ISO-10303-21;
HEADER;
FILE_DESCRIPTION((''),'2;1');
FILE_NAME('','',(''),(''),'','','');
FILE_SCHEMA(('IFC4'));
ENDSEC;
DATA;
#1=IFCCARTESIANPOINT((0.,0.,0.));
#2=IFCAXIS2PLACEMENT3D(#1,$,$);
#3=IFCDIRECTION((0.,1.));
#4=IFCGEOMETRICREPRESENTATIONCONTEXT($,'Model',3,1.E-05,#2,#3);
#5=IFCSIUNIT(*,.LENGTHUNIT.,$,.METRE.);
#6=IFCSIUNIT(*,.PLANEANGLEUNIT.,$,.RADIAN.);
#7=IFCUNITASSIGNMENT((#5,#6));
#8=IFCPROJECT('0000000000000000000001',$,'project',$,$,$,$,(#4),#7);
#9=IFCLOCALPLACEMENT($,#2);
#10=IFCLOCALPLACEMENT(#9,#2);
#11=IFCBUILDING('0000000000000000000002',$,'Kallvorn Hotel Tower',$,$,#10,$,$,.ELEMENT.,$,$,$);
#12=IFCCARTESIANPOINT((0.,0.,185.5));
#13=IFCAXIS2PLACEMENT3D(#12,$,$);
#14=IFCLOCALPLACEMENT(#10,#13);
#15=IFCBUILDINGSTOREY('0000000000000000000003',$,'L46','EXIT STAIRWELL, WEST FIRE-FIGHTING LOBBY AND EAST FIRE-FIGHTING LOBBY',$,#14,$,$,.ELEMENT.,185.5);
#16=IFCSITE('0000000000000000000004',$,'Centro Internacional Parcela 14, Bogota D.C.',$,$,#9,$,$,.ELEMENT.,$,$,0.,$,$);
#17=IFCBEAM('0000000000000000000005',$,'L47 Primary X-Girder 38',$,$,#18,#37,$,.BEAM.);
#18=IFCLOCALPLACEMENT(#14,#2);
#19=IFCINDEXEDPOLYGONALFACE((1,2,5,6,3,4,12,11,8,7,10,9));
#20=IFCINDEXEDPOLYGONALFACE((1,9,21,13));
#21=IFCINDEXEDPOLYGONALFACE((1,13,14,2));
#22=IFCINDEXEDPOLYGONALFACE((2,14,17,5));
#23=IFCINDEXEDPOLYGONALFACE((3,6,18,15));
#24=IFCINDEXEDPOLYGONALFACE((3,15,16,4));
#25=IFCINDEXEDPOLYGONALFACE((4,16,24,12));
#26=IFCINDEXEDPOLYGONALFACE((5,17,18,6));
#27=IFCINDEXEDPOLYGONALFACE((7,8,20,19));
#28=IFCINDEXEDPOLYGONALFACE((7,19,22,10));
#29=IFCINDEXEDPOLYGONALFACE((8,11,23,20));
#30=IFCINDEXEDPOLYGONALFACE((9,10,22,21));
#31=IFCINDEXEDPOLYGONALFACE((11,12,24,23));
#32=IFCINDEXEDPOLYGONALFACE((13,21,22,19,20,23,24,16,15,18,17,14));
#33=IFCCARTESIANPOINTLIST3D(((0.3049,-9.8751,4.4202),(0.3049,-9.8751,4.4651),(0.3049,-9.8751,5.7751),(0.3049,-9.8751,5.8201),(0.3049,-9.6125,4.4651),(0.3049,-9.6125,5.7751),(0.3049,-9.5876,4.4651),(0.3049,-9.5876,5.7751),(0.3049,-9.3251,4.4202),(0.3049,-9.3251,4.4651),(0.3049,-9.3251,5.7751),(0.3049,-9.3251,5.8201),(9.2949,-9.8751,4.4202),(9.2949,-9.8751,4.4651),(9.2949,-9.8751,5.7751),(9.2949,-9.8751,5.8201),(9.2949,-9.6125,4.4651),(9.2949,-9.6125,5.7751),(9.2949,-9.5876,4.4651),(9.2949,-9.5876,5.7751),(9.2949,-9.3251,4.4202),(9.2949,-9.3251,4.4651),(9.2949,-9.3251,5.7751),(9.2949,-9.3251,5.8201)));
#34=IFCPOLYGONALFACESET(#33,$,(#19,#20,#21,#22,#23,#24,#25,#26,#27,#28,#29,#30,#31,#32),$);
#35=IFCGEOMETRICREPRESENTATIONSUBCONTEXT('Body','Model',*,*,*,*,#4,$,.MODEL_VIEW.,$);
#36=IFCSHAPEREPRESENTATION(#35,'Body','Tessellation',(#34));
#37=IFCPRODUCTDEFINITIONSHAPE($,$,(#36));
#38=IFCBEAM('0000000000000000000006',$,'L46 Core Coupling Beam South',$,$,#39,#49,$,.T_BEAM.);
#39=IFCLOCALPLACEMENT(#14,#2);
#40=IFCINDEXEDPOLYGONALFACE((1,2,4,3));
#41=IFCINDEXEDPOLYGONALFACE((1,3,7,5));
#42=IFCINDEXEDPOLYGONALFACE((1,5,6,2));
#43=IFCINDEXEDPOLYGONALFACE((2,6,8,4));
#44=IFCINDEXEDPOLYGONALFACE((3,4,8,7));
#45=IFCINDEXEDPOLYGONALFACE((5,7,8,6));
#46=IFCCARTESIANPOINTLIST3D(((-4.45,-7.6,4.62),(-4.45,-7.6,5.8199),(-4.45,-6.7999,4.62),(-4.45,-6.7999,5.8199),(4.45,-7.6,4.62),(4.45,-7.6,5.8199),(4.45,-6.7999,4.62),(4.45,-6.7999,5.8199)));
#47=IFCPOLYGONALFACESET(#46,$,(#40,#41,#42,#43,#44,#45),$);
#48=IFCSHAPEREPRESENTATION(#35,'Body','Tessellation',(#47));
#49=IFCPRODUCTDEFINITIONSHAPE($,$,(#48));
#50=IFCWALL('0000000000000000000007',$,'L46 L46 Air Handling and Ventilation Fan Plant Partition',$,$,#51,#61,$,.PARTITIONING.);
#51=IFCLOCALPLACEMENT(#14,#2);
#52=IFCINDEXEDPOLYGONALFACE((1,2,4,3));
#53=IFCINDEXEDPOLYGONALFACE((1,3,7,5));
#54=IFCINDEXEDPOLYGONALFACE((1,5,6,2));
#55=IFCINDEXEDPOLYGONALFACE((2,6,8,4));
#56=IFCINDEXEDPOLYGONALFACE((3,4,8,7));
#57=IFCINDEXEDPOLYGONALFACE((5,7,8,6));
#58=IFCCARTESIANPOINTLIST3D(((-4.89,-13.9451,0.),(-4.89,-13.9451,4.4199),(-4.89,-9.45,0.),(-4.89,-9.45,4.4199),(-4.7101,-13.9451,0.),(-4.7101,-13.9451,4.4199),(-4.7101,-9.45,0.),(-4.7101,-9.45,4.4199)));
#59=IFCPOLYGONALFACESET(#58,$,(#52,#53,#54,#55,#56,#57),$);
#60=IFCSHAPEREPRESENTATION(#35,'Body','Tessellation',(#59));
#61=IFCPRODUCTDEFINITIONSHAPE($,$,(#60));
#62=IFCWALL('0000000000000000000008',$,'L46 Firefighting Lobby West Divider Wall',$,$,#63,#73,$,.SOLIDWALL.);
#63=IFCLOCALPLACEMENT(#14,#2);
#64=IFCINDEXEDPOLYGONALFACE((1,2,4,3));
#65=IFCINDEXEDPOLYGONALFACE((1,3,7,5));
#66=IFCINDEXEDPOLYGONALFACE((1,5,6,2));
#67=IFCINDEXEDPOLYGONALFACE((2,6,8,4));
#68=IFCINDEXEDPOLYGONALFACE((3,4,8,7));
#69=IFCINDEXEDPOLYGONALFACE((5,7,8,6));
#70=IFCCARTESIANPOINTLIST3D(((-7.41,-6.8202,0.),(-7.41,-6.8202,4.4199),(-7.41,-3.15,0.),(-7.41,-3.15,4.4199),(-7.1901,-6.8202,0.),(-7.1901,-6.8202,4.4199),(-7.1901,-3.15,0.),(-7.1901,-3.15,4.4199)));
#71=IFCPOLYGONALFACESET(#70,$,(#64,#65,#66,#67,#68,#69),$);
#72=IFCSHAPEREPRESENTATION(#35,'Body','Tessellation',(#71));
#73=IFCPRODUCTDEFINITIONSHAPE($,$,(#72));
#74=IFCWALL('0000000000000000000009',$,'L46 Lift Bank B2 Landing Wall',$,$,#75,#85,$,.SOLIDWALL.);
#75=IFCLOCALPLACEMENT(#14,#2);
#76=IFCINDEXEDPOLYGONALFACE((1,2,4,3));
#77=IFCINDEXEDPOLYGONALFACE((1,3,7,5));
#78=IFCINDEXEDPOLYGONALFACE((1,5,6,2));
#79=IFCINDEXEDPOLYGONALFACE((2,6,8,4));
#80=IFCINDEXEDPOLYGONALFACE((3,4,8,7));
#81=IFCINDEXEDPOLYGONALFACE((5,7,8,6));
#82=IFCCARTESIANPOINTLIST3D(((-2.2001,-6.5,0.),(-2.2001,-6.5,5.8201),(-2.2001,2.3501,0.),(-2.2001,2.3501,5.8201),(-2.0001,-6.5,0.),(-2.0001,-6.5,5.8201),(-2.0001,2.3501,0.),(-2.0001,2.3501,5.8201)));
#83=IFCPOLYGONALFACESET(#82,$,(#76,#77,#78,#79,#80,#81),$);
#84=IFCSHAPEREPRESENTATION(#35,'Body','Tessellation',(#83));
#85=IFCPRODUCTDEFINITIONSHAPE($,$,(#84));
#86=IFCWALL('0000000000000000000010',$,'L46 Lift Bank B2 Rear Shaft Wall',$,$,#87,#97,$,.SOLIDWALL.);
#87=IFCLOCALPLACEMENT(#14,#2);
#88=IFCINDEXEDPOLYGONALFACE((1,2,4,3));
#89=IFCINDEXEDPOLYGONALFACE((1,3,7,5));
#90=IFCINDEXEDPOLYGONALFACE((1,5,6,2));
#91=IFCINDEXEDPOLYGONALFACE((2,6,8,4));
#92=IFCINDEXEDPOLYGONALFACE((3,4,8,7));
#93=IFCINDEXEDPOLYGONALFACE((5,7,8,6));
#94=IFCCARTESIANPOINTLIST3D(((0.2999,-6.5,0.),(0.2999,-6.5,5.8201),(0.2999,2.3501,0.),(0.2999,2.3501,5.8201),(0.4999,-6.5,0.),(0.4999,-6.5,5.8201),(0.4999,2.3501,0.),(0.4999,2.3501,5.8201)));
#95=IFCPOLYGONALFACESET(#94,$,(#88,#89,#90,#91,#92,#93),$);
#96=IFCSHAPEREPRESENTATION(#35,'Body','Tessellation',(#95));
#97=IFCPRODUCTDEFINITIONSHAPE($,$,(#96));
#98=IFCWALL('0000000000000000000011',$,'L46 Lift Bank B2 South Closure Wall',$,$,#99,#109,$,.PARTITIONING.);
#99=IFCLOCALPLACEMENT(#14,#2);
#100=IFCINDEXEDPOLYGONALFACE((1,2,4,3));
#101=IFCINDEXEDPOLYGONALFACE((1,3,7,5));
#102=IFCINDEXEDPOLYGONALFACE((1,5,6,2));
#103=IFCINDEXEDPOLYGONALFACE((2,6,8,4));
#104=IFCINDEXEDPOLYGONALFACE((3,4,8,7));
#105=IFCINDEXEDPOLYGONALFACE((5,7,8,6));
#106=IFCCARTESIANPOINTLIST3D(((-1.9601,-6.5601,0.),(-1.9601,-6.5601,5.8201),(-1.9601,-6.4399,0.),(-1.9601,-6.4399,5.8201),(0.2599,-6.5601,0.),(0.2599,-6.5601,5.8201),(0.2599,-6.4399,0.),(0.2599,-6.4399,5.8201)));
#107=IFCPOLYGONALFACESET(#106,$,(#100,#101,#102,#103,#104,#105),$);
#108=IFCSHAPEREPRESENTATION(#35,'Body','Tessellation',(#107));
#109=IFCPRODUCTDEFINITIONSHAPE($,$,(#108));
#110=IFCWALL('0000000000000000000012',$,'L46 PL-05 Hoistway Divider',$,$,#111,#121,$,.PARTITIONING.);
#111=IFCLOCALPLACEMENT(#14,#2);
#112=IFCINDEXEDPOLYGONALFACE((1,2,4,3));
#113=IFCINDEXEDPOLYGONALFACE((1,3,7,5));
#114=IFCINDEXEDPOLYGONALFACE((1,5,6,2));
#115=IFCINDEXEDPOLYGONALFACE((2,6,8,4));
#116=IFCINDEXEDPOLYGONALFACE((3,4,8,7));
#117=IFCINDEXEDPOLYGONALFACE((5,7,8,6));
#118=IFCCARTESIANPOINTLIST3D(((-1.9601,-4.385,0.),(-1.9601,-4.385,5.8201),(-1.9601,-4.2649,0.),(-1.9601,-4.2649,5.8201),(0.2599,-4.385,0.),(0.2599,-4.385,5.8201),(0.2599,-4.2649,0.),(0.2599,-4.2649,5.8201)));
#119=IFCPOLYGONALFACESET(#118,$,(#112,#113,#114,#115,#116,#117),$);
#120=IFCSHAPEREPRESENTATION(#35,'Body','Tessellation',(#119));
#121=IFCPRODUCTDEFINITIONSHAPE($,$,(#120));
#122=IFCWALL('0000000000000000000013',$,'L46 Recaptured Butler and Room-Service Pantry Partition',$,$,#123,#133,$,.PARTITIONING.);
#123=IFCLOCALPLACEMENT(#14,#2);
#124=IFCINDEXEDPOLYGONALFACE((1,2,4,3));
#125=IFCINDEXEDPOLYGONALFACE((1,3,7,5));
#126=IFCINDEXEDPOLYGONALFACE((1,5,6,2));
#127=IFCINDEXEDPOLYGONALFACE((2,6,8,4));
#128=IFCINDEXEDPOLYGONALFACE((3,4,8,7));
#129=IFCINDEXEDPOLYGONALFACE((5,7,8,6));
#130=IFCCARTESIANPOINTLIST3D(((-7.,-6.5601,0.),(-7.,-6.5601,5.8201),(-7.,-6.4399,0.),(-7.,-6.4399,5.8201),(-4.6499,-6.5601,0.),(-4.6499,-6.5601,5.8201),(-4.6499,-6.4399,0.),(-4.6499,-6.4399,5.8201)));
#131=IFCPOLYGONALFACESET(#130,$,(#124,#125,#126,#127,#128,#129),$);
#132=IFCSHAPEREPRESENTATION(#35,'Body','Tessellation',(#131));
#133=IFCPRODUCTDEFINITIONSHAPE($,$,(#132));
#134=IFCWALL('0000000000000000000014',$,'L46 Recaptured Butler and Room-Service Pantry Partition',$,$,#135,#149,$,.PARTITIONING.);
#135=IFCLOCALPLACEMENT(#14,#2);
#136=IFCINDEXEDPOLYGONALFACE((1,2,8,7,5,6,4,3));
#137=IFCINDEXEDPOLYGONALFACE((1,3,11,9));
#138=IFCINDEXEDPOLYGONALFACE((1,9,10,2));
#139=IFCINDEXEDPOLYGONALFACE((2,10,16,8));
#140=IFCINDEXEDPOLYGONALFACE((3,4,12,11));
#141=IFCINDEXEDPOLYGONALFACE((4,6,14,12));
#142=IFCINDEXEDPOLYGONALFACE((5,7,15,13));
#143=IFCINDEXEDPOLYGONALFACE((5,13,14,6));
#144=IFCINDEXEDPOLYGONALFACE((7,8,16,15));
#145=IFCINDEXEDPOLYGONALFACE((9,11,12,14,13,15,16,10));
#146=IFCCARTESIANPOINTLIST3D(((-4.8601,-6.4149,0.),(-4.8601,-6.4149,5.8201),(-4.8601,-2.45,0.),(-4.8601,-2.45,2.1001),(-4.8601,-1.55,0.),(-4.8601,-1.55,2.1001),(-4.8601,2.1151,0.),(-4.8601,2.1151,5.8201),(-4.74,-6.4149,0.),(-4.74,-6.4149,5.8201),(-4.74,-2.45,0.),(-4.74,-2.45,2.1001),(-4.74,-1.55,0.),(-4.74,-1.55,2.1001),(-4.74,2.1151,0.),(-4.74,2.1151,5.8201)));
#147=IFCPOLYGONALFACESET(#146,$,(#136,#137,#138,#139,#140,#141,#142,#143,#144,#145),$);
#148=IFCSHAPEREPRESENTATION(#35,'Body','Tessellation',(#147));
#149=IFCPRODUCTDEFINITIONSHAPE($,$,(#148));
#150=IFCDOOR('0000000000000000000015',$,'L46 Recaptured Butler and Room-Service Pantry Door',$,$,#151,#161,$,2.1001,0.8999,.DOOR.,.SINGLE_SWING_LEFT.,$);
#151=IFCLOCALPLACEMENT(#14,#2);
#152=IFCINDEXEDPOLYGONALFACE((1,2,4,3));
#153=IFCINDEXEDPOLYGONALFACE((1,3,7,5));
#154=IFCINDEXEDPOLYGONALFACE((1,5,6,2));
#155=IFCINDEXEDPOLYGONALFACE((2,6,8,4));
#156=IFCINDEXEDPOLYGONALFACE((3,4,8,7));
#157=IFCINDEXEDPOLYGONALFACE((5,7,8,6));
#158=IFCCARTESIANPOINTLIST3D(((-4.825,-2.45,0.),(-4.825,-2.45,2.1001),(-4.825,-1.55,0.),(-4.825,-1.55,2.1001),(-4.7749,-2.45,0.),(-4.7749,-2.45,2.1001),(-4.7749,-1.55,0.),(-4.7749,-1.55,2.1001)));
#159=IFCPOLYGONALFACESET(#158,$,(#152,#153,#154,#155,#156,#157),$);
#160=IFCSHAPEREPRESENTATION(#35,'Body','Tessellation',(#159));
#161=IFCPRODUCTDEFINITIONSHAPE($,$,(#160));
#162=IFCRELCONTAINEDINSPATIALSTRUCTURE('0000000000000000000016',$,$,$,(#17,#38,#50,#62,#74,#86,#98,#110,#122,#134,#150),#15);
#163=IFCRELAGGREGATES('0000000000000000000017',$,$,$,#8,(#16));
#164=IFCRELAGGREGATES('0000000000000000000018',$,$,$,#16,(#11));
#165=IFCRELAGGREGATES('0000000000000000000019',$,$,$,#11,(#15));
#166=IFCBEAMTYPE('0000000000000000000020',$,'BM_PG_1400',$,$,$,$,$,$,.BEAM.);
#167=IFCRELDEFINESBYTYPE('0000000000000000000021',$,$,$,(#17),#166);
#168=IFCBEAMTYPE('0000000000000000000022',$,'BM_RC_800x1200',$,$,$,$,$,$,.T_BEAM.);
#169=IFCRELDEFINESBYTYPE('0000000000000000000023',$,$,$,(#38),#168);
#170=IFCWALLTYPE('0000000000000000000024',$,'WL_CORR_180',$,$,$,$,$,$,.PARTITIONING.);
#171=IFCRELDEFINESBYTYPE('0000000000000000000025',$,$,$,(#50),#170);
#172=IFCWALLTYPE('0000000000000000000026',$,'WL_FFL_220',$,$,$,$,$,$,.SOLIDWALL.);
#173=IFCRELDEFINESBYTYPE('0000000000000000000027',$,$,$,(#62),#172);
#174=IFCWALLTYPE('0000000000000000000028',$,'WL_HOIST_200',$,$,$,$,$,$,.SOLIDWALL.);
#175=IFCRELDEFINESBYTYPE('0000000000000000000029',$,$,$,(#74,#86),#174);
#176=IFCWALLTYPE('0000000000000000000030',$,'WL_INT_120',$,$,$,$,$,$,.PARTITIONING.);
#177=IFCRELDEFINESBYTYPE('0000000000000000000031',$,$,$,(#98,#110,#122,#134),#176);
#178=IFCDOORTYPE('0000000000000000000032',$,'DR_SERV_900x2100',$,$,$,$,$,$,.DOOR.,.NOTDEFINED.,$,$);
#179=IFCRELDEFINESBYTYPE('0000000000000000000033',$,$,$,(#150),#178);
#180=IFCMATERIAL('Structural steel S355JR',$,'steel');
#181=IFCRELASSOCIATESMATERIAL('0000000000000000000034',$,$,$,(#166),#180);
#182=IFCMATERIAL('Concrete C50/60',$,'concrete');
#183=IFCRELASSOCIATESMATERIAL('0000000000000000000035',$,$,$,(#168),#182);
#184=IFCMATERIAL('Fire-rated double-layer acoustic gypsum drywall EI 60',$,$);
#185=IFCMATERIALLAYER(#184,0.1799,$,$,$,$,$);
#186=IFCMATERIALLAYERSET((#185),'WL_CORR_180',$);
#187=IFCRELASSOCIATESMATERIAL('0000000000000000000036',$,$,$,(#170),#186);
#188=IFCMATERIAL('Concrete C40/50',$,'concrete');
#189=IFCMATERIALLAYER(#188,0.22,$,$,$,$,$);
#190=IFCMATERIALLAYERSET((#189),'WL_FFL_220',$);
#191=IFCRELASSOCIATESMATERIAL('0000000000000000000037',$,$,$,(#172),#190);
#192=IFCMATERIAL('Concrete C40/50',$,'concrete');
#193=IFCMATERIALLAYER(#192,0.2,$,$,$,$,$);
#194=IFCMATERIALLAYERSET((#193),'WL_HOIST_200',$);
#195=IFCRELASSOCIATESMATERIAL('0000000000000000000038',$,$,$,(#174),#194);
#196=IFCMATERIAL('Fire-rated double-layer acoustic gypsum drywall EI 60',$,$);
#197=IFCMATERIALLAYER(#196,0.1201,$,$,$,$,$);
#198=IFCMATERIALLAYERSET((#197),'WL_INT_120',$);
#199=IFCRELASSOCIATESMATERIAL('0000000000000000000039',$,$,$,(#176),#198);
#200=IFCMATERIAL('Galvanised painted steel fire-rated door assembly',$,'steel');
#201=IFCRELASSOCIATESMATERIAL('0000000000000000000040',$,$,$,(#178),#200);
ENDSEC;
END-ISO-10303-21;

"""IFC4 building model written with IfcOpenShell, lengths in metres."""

from ifc_helpers import new_model, si_unit, direction, frame, frame_2d, origin, origin_2d, place, context, subcontext, project, spatial, rectangle, i_section, extrude, material, layer, layer_set, material_profile, profile_set, type_object, element, fill, save


model = new_model("IFC4")

# Units and contexts
model_context = context("Model", 3, precision=1e-05, world=origin(), true_north=direction((0.0, 1.0)))
body_context = subcontext(model_context, "Body", "Model", "MODEL_VIEW")
ifc_project = project(units=[si_unit("LENGTHUNIT", "METRE"), si_unit("PLANEANGLEUNIT", "RADIAN")], contexts=[model_context])

# Site, building, storey
site_placement = place(None, origin())
site = spatial("IfcSite", under=ifc_project, at=site_placement, Name="Centro Internacional Parcela 14, Bogota D.C.", CompositionType="ELEMENT", RefElevation=0.0)
building_placement = place(site_placement, origin())
building = spatial("IfcBuilding", under=site, at=building_placement, Name="Kallvorn Hotel Tower", CompositionType="ELEMENT")
storey_placement = place(building_placement, frame((0.0, 0.0, 185.5)))
storey = spatial("IfcBuildingStorey", under=building, at=storey_placement, Name="L46", Description="EXIT STAIRWELL, WEST FIRE-FIGHTING LOBBY AND EAST FIRE-FIGHTING LOBBY", CompositionType="ELEMENT", Elevation=185.5)

# Beams
ifc_material_1 = material(Name="Structural steel S355JR", Category="steel")
ifc_material_profile_1 = material_profile(ifc_material_1, i_section(OverallWidth=0.55, OverallDepth=1.3999, WebThickness=0.0249, FlangeThickness=0.0449, at=origin_2d()), Name="PG 1400x550x25x45")
ifc_profile_set_1 = profile_set([ifc_material_profile_1], Name="Structural steel S355JR")
beam_type_1 = type_object("IfcBeamType", Name="BM_PG_1400", PredefinedType="BEAM", material=ifc_profile_set_1)
for number, where, z_axis, x_axis, name in (
    (1, (0.3049, -9.6001, 5.1201), (1.0, 0.0, 0.0), (0.0, 1.0, 0.0), "L47 Primary X-Girder 38"),
):
    element("IfcBeam", number, at=place(storey_placement, frame(where, z_axis=z_axis, x_axis=x_axis)), inside=storey, type_object=beam_type_1, Name=name, PredefinedType="BEAM", context=body_context, shape_type="SweptSolid", body=[
        extrude(i_section(OverallWidth=0.55, OverallDepth=1.3999, WebThickness=0.0249, FlangeThickness=0.0449, at=origin_2d()), origin(), (0.0, 0.0, 1.0), 8.99),
    ])
ifc_material_2 = material(Name="Concrete C50/60", Category="concrete")
ifc_material_profile_2 = material_profile(ifc_material_2, rectangle(XDim=0.8, YDim=1.2, at=origin_2d()), Name="RC 800x1200")
ifc_profile_set_2 = profile_set([ifc_material_profile_2], Name="Concrete C50/60")
beam_type_2 = type_object("IfcBeamType", Name="BM_RC_800x1200", PredefinedType="T_BEAM", material=ifc_profile_set_2)
beam_1_placement = place(storey_placement, frame((-4.45, -7.2, 5.22), z_axis=(1.0, 0.0, 0.0), x_axis=(0.0, 1.0, 0.0)))
element("IfcBeam", 2, at=beam_1_placement, inside=storey, type_object=beam_type_2, Name="L46 Core Coupling Beam South", PredefinedType="T_BEAM", context=body_context, shape_type="SweptSolid", body=[
    extrude(rectangle(XDim=0.8, YDim=1.2, at=origin_2d()), origin(), (0.0, 0.0, 1.0), 8.8999),
])

# Walls
ifc_material_3 = material(Name="Fire-rated double-layer acoustic gypsum drywall EI 60")
ifc_layer_1 = layer(ifc_material_3, 0.1799)
ifc_layer_set_1 = layer_set([ifc_layer_1], Name="WL_CORR_180")
wall_type_1 = type_object("IfcWallType", Name="WL_CORR_180", PredefinedType="PARTITIONING", material=ifc_layer_set_1)
wall_1_placement = place(storey_placement, frame((-4.8, -13.9451, 0.0), z_axis=(0.0, 0.0, 1.0), x_axis=(0.0, 1.0, 0.0)))
element("IfcWall", 3, at=wall_1_placement, inside=storey, type_object=wall_type_1, Name="L46 L46 Air Handling and Ventilation Fan Plant Partition", PredefinedType="PARTITIONING", context=body_context, shape_type="SweptSolid", body=[
    extrude(rectangle(XDim=4.4951, YDim=0.1799, at=frame_2d((2.2476, 0.0))), origin(), (0.0, 0.0, 1.0), 4.4199),
])
ifc_material_4 = material(Name="Concrete C40/50", Category="concrete")
ifc_layer_2 = layer(ifc_material_4, 0.22)
ifc_layer_set_2 = layer_set([ifc_layer_2], Name="WL_FFL_220")
wall_type_2 = type_object("IfcWallType", Name="WL_FFL_220", PredefinedType="SOLIDWALL", material=ifc_layer_set_2)
wall_2_placement = place(storey_placement, frame((-7.3, -6.8201, 0.0), z_axis=(0.0, 0.0, 1.0), x_axis=(0.0, 1.0, 0.0)))
element("IfcWall", 4, at=wall_2_placement, inside=storey, type_object=wall_type_2, Name="L46 Firefighting Lobby West Divider Wall", PredefinedType="SOLIDWALL", context=body_context, shape_type="SweptSolid", body=[
    extrude(rectangle(XDim=3.6702, YDim=0.22, at=frame_2d((1.835, 0.0))), origin(), (0.0, 0.0, 1.0), 4.4199),
])
ifc_material_5 = material(Name="Concrete C40/50", Category="concrete")
ifc_layer_3 = layer(ifc_material_5, 0.2)
ifc_layer_set_3 = layer_set([ifc_layer_3], Name="WL_HOIST_200")
wall_type_3 = type_object("IfcWallType", Name="WL_HOIST_200", PredefinedType="SOLIDWALL", material=ifc_layer_set_3)
for number, where, z_axis, x_axis, name in (
    (5, (-2.1001, -6.5, 0.0), (0.0, 0.0, 1.0), (0.0, 1.0, 0.0), "L46 Lift Bank B2 Landing Wall"),
    (6, (0.3999, -6.5, 0.0), (0.0, 0.0, 1.0), (0.0, 1.0, 0.0), "L46 Lift Bank B2 Rear Shaft Wall"),
):
    element("IfcWall", number, at=place(storey_placement, frame(where, z_axis=z_axis, x_axis=x_axis)), inside=storey, type_object=wall_type_3, Name=name, PredefinedType="SOLIDWALL", context=body_context, shape_type="SweptSolid", body=[
        extrude(rectangle(XDim=8.8501, YDim=0.2, at=frame_2d((4.425, 0.0))), origin(), (0.0, 0.0, 1.0), 5.8201),
    ])
ifc_material_6 = material(Name="Fire-rated double-layer acoustic gypsum drywall EI 60")
ifc_layer_4 = layer(ifc_material_6, 0.1201)
ifc_layer_set_4 = layer_set([ifc_layer_4], Name="WL_INT_120")
wall_type_4 = type_object("IfcWallType", Name="WL_INT_120", PredefinedType="PARTITIONING", material=ifc_layer_set_4)
for number, where, z_axis, x_axis, name in (
    (7, (-1.96, -6.5, 0.0), (0.0, 0.0, 1.0), (1.0, 0.0, 0.0), "L46 Lift Bank B2 South Closure Wall"),
    (8, (-1.96, -4.325, 0.0), (0.0, 0.0, 1.0), (1.0, 0.0, 0.0), "L46 PL-05 Hoistway Divider"),
):
    element("IfcWall", number, at=place(storey_placement, frame(where, z_axis=z_axis, x_axis=x_axis)), inside=storey, type_object=wall_type_4, Name=name, PredefinedType="PARTITIONING", context=body_context, shape_type="SweptSolid", body=[
        extrude(rectangle(XDim=2.22, YDim=0.1201, at=frame_2d((1.1099, 0.0))), origin(), (0.0, 0.0, 1.0), 5.8201),
    ])
wall_3_placement = place(storey_placement, frame((-7.0, -6.5, 0.0), z_axis=(0.0, 0.0, 1.0), x_axis=(1.0, 0.0, 0.0)))
element("IfcWall", 9, at=wall_3_placement, inside=storey, type_object=wall_type_4, Name="L46 Recaptured Butler and Room-Service Pantry Partition", PredefinedType="PARTITIONING", context=body_context, shape_type="SweptSolid", body=[
    extrude(rectangle(XDim=2.3501, YDim=0.1201, at=frame_2d((1.175, 0.0))), origin(), (0.0, 0.0, 1.0), 5.8201),
])

# Wall, opening, door
wall_4_placement = place(storey_placement, frame((-4.8, -6.415, 0.0), z_axis=(0.0, 0.0, 1.0), x_axis=(0.0, 1.0, 0.0)))
wall_4 = element("IfcWall", 10, at=wall_4_placement, inside=storey, type_object=wall_type_4, Name="L46 Recaptured Butler and Room-Service Pantry Partition", PredefinedType="PARTITIONING", context=body_context, shape_type="SweptSolid", body=[
    extrude(rectangle(XDim=8.53, YDim=0.1201, at=frame_2d((4.2651, 0.0))), origin(), (0.0, 0.0, 1.0), 5.8201),
])
opening_1_placement = place(wall_4_placement, frame((3.9651, 0.0, 0.0)))
opening_1 = element("IfcOpeningElement", 11, at=opening_1_placement, cuts=wall_4, PredefinedType="OPENING", context=body_context, shape_type="SweptSolid", body=[
    extrude(rectangle(XDim=0.8999, YDim=2.1001, at=frame_2d((0.45, 1.05))), frame((0.0, 0.075, 0.0), z_axis=(0.0, -1.0, 0.0), x_axis=(1.0, 0.0, 0.0)), (0.0, 0.0, 1.0), 0.1501),
])
ifc_material_7 = material(Name="Galvanised painted steel fire-rated door assembly", Category="steel")
door_type_1 = type_object("IfcDoorType", Name="DR_SERV_900x2100", OperationType="NOTDEFINED", PredefinedType="DOOR", material=ifc_material_7)
door_1_placement = place(opening_1_placement, origin())
door_1 = element("IfcDoor", 12, at=door_1_placement, inside=storey, type_object=door_type_1, Name="L46 Recaptured Butler and Room-Service Pantry Door", OperationType="SINGLE_SWING_LEFT", OverallHeight=2.1001, OverallWidth=0.8999, PredefinedType="DOOR", context=body_context, shape_type="SweptSolid", body=[
    extrude(rectangle(XDim=0.8999, YDim=2.1001, at=frame_2d((0.45, 1.05))), frame((0.0, 0.0249, 0.0), z_axis=(0.0, -1.0, 0.0), x_axis=(1.0, 0.0, 0.0)), (0.0, 0.0, 1.0), 0.05),
])
fill(opening_1, door_1)

save(model, "model.ifc")
